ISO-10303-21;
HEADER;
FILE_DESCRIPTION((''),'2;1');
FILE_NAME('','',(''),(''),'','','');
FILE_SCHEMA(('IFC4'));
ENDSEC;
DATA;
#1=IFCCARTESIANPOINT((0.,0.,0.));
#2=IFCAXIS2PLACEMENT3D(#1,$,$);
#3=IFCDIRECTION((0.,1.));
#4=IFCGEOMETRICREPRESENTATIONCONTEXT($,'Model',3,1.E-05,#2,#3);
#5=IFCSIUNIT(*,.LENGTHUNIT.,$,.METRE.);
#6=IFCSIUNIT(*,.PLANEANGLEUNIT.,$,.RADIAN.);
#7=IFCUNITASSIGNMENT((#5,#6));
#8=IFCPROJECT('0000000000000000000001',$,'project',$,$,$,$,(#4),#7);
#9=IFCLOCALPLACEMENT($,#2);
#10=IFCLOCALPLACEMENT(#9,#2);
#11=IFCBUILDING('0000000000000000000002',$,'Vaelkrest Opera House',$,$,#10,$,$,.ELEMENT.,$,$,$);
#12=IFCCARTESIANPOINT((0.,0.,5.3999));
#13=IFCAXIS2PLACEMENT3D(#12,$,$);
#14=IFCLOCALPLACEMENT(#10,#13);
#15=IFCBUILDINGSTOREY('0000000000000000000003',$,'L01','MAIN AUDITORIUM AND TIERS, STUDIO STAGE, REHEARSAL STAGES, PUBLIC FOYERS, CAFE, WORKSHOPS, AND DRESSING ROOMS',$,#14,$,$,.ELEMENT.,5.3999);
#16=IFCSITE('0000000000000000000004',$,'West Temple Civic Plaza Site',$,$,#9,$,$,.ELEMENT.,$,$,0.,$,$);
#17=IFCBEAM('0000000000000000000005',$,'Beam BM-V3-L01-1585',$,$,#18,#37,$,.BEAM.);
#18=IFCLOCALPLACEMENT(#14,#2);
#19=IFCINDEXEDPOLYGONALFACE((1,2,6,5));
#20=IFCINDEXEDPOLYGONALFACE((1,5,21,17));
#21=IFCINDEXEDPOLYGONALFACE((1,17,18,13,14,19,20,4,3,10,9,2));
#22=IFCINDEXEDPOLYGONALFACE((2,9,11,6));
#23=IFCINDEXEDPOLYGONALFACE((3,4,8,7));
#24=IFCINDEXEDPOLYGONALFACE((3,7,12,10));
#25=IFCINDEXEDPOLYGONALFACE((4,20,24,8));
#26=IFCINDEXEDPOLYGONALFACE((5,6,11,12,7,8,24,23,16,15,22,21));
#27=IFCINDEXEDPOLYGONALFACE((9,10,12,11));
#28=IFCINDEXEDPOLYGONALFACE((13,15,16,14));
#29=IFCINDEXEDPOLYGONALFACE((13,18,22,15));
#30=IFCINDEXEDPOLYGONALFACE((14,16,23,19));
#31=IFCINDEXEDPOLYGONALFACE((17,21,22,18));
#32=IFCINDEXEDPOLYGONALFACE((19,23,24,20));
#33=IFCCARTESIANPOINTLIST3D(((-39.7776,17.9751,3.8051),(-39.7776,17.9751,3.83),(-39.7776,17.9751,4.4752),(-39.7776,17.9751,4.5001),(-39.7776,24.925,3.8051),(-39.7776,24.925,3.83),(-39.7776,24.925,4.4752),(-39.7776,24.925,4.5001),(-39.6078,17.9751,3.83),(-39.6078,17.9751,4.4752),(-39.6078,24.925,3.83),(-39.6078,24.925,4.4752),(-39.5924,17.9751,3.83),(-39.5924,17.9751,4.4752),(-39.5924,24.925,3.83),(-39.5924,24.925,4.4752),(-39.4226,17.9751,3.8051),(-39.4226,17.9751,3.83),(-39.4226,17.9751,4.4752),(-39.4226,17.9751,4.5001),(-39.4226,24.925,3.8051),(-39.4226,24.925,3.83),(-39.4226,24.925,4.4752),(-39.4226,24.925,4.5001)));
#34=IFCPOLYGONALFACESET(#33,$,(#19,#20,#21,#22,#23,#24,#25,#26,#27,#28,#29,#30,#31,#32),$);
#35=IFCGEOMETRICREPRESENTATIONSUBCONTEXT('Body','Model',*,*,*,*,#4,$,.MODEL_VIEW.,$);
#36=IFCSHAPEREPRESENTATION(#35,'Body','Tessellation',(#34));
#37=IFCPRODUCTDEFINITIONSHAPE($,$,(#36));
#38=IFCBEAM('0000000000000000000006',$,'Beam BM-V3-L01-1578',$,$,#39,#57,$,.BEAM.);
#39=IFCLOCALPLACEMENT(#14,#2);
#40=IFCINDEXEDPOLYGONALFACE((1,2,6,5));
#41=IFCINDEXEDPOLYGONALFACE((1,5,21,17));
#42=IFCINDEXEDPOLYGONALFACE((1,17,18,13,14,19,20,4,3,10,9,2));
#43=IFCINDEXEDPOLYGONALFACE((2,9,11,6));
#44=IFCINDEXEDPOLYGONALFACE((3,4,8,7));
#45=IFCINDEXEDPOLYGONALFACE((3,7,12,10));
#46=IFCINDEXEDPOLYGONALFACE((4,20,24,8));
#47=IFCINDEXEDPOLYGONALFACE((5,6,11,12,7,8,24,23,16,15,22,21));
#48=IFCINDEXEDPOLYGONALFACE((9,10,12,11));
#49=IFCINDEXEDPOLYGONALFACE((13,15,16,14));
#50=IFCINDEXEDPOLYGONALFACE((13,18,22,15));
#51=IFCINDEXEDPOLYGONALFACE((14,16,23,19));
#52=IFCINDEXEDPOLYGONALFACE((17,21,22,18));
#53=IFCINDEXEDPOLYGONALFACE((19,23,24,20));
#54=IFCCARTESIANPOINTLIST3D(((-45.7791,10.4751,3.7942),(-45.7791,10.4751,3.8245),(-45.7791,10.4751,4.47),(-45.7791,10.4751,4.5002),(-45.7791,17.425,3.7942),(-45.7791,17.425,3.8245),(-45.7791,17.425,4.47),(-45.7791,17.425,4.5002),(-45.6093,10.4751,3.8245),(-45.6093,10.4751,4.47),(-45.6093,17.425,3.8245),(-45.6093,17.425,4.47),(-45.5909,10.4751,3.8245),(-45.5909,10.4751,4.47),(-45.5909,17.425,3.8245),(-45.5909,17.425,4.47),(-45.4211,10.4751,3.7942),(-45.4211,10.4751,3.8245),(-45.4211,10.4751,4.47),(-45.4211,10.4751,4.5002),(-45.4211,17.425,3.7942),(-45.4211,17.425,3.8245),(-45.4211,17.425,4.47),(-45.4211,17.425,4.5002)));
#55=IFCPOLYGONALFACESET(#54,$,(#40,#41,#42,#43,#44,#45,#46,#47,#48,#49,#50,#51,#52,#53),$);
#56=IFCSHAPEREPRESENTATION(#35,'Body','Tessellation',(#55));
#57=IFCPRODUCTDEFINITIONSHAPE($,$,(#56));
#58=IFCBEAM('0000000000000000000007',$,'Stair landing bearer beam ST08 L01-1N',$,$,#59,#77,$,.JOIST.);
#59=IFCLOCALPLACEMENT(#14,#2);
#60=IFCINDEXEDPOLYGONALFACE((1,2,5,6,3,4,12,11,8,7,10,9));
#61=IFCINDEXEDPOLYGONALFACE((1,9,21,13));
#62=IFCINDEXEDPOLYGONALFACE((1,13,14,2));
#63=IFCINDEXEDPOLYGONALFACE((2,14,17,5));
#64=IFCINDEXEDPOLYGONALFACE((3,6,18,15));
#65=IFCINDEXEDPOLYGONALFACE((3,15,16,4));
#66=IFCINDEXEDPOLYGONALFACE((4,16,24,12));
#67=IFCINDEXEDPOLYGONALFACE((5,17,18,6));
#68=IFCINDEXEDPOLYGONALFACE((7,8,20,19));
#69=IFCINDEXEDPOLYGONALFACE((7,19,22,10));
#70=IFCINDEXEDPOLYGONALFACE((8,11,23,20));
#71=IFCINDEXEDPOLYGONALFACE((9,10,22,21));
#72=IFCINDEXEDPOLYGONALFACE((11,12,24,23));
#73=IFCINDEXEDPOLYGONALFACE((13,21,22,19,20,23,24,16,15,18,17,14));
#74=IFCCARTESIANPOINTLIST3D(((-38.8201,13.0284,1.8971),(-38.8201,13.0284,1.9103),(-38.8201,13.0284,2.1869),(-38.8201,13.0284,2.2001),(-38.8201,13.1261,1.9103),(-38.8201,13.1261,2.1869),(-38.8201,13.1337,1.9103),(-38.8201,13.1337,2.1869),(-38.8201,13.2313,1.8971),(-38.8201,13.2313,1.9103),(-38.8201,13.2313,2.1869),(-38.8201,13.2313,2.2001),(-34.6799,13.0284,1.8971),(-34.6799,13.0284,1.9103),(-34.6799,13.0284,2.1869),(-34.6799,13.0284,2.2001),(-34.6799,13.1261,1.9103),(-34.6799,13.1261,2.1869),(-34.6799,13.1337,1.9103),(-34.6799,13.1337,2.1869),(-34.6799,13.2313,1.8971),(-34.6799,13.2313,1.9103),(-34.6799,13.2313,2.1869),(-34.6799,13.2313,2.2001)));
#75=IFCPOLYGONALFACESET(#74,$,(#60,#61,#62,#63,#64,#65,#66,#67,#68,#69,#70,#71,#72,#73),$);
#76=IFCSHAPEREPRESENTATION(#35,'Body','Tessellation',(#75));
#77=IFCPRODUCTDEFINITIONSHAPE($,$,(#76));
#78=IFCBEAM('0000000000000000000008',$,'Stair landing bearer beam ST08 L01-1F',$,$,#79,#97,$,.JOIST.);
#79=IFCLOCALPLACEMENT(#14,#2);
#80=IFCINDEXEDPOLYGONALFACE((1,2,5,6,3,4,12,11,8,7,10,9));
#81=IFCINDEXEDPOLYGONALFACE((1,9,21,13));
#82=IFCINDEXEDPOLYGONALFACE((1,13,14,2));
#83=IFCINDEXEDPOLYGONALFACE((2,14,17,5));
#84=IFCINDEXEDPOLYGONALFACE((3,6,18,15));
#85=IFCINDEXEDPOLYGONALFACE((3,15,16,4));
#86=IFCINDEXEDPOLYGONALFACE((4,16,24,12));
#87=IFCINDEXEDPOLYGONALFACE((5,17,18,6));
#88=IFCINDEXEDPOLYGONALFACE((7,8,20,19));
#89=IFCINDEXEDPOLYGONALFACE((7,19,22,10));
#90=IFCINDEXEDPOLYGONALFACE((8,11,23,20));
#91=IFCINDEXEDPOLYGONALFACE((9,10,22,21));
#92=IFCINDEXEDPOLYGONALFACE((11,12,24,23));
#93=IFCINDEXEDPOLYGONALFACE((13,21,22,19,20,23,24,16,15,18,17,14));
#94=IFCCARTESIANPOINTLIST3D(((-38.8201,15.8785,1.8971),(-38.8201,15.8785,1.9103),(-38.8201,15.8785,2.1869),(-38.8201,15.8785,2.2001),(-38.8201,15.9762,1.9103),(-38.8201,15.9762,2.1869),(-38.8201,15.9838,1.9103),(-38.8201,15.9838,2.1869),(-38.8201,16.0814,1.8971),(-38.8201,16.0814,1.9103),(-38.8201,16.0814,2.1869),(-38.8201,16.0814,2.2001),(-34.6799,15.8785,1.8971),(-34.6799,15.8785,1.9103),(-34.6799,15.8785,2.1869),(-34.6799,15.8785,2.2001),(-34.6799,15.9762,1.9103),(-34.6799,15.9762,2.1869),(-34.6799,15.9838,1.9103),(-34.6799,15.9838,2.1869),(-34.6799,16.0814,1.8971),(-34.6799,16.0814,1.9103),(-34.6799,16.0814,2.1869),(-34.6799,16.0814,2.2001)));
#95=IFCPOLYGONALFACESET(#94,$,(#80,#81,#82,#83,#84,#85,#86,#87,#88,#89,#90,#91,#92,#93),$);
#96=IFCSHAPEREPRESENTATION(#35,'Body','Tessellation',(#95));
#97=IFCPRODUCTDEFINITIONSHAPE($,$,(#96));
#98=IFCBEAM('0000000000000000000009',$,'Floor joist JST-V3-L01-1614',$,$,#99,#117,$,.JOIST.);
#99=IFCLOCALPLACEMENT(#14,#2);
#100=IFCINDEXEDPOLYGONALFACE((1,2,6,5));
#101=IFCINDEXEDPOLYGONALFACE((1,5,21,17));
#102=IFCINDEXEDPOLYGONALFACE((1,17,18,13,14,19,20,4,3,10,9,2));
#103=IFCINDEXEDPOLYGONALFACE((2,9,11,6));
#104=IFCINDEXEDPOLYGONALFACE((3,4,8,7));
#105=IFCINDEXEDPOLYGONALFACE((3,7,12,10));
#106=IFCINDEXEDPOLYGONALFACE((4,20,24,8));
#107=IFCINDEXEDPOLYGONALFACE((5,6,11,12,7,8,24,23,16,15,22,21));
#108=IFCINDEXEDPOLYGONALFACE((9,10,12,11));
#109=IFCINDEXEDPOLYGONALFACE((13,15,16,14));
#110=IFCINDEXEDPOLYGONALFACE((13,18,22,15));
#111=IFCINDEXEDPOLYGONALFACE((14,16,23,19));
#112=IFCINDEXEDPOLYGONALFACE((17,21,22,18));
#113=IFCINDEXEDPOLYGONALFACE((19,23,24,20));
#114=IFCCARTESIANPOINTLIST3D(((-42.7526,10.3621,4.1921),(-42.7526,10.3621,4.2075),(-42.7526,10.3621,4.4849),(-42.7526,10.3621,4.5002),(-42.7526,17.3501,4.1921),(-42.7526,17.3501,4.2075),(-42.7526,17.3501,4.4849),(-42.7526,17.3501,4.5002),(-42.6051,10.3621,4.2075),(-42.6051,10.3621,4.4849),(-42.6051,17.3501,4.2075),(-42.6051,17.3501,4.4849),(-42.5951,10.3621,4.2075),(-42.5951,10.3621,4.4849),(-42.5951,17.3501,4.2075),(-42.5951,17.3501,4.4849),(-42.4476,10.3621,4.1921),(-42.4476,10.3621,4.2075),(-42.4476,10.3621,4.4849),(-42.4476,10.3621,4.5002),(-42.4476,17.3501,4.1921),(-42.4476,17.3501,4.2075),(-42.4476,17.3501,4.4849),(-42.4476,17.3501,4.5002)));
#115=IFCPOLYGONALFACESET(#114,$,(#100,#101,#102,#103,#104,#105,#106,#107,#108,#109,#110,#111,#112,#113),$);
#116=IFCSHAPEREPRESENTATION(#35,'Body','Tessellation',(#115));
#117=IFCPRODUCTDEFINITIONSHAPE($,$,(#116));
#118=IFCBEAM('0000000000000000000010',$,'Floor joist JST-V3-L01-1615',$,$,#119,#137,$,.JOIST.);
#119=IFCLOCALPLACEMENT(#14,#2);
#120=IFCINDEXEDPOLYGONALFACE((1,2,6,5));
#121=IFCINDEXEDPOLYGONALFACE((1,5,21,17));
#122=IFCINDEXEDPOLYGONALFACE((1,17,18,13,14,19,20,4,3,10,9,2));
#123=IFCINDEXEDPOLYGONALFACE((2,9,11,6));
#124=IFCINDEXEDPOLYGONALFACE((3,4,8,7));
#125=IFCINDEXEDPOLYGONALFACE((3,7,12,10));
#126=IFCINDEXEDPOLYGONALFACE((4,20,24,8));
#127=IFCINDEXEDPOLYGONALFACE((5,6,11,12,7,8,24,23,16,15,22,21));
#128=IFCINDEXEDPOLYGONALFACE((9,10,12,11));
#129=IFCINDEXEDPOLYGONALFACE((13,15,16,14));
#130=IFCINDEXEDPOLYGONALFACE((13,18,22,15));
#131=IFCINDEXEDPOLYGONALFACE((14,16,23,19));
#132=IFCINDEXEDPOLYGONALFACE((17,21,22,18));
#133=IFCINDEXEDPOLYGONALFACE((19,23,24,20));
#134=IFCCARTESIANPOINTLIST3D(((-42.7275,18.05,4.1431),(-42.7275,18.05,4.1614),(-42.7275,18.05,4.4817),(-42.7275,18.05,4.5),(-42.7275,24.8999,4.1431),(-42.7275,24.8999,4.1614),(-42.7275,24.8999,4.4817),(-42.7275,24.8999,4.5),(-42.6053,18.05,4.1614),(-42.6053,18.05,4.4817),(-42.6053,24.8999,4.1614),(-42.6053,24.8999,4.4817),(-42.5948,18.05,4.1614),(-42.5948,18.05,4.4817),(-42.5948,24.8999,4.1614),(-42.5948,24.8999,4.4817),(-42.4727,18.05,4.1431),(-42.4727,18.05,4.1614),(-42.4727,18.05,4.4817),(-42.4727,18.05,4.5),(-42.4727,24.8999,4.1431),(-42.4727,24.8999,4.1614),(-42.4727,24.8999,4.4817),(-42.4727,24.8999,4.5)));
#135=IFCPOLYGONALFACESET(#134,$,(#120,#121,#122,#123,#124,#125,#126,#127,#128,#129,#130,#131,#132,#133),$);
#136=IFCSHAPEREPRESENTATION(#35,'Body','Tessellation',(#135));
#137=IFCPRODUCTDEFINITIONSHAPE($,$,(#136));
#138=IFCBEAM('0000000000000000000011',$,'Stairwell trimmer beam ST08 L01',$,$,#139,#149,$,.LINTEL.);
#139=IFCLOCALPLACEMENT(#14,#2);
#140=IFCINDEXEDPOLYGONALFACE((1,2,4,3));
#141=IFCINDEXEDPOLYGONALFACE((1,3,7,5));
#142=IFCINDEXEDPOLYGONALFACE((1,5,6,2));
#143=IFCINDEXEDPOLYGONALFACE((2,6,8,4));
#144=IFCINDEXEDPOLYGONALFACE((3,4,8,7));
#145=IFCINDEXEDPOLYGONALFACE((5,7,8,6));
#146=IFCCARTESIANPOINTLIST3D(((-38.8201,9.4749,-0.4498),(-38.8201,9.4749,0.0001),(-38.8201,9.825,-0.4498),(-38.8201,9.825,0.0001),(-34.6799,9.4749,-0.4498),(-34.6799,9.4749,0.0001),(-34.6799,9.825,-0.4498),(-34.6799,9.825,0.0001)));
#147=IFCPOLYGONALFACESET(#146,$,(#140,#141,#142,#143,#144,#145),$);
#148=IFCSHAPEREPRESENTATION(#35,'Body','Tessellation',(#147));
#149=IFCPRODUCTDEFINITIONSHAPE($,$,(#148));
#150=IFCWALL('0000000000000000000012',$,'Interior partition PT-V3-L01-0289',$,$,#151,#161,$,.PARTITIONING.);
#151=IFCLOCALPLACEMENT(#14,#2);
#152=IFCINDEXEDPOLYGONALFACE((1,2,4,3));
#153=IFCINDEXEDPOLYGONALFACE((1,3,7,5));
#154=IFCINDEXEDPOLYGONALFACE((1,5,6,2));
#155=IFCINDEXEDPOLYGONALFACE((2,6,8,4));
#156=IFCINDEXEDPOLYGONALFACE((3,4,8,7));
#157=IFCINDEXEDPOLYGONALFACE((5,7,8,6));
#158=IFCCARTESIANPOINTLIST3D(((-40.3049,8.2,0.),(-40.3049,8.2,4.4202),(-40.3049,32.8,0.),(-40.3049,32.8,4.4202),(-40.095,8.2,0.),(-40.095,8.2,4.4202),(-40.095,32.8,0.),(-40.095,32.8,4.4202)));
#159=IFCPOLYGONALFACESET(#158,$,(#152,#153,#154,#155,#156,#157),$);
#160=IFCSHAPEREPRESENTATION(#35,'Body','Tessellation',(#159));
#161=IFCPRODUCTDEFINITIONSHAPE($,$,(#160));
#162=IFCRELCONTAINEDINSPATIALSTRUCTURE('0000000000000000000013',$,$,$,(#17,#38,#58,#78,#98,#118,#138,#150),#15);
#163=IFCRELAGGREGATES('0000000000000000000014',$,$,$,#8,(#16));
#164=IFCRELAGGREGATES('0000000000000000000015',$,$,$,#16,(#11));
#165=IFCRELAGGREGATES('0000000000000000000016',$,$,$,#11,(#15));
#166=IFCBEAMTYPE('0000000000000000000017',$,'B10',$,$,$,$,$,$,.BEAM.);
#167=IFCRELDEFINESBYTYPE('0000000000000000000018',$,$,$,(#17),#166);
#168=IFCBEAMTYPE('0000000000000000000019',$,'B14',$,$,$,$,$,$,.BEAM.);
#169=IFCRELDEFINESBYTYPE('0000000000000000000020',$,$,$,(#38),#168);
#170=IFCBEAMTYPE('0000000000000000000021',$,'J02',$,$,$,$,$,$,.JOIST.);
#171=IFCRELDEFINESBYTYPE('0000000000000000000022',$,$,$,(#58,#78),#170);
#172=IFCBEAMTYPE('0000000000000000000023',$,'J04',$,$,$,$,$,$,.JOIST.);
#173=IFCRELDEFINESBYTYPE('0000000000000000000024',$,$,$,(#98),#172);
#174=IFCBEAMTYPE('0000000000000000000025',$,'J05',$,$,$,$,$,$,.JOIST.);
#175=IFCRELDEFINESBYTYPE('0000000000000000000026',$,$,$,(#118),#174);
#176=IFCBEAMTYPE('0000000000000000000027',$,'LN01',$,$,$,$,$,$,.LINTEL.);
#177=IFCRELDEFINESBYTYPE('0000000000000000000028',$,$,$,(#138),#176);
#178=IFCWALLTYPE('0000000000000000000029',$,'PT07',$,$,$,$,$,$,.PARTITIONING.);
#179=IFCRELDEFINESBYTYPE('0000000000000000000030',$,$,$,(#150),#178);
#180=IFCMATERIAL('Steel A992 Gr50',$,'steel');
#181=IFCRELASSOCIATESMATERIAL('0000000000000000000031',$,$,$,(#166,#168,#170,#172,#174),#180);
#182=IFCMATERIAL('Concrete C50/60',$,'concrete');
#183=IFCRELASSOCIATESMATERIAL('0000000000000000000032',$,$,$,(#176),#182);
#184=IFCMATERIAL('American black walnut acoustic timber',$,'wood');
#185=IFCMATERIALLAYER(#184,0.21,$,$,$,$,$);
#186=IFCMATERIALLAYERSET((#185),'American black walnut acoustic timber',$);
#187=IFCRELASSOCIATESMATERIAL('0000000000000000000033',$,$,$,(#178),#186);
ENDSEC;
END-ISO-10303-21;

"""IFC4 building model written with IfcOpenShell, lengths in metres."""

from ifc_helpers import new_model, si_unit, direction, frame, frame_2d, origin, origin_2d, place, context, subcontext, project, spatial, rectangle, i_section, extrude, material, layer, layer_set, material_profile, profile_set, type_object, element, save


model = new_model("IFC4")

# Units and contexts
model_context = context("Model", 3, precision=1e-05, world=origin(), true_north=direction((0.0, 1.0)))
body_context = subcontext(model_context, "Body", "Model", "MODEL_VIEW")
ifc_project = project(units=[si_unit("LENGTHUNIT", "METRE"), si_unit("PLANEANGLEUNIT", "RADIAN")], contexts=[model_context])

# Site, building, storey
site_placement = place(None, origin())
site = spatial("IfcSite", under=ifc_project, at=site_placement, Name="West Temple Civic Plaza Site", CompositionType="ELEMENT", RefElevation=0.0)
building_placement = place(site_placement, origin())
building = spatial("IfcBuilding", under=site, at=building_placement, Name="Vaelkrest Opera House", CompositionType="ELEMENT")
storey_placement = place(building_placement, frame((0.0, 0.0, 5.3999)))
storey = spatial("IfcBuildingStorey", under=building, at=storey_placement, Name="L01", Description="MAIN AUDITORIUM AND TIERS, STUDIO STAGE, REHEARSAL STAGES, PUBLIC FOYERS, CAFE, WORKSHOPS, AND DRESSING ROOMS", CompositionType="ELEMENT", Elevation=5.3999)

# Shared definitions
ifc_material_1 = material(Name="Concrete C50/60", Category="concrete")

# Beams
ifc_material_2 = material(Name="Steel A992 Gr50", Category="steel")
ifc_material_profile_1 = material_profile(ifc_material_2, i_section(OverallWidth=0.355, OverallDepth=0.6951, WebThickness=0.0154, FlangeThickness=0.0249, at=origin_2d()), Name="W27X146")
ifc_profile_set_1 = profile_set([ifc_material_profile_1], Name="Steel A992 Gr50")
beam_type_1 = type_object("IfcBeamType", Name="B10", PredefinedType="BEAM", material=ifc_profile_set_1)
beam_1_placement = place(storey_placement, frame((-39.6001, 17.9751, 4.1526), z_axis=(0.0, 1.0, 0.0), x_axis=(-1.0, 0.0, 0.0)))
element("IfcBeam", 1, at=beam_1_placement, inside=storey, type_object=beam_type_1, Name="Beam BM-V3-L01-1585", PredefinedType="BEAM", context=body_context, shape_type="SweptSolid", body=[
    extrude(i_section(OverallWidth=0.355, OverallDepth=0.6951, WebThickness=0.0154, FlangeThickness=0.0249, at=origin_2d()), origin(), (0.0, 0.0, 1.0), 6.95),
])
ifc_material_profile_2 = material_profile(ifc_material_2, i_section(OverallWidth=0.3579, OverallDepth=0.7061, WebThickness=0.0183, FlangeThickness=0.0303, at=origin_2d()), Name="W27X178")
ifc_profile_set_2 = profile_set([ifc_material_profile_2], Name="Steel A992 Gr50")
beam_type_2 = type_object("IfcBeamType", Name="B14", PredefinedType="BEAM", material=ifc_profile_set_2)
beam_2_placement = place(storey_placement, frame((-45.6001, 10.4751, 4.1472), z_axis=(0.0, 1.0, 0.0), x_axis=(-1.0, 0.0, 0.0)))
element("IfcBeam", 2, at=beam_2_placement, inside=storey, type_object=beam_type_2, Name="Beam BM-V3-L01-1578", PredefinedType="BEAM", context=body_context, shape_type="SweptSolid", body=[
    extrude(i_section(OverallWidth=0.3579, OverallDepth=0.7061, WebThickness=0.0183, FlangeThickness=0.0303, at=origin_2d()), origin(), (0.0, 0.0, 1.0), 6.95),
])
ifc_material_profile_3 = material_profile(ifc_material_2, i_section(OverallWidth=0.2029, OverallDepth=0.303, WebThickness=0.0076, FlangeThickness=0.0132, at=origin_2d()), Name="W12X40")
ifc_profile_set_3 = profile_set([ifc_material_profile_3], Name="Steel A992 Gr50")
beam_type_3 = type_object("IfcBeamType", Name="J02", PredefinedType="JOIST", material=ifc_profile_set_3)
for number, where, z_axis, x_axis, name in (
    (3, (-38.8201, 13.1299, 2.0486), (1.0, 0.0, 0.0), (0.0, 1.0, 0.0), "Stair landing bearer beam ST08 L01-1N"),
    (4, (-38.8201, 15.98, 2.0486), (1.0, 0.0, 0.0), (0.0, 1.0, 0.0), "Stair landing bearer beam ST08 L01-1F"),
):
    element("IfcBeam", number, at=place(storey_placement, frame(where, z_axis=z_axis, x_axis=x_axis)), inside=storey, type_object=beam_type_3, Name=name, PredefinedType="JOIST", context=body_context, shape_type="SweptSolid", body=[
        extrude(i_section(OverallWidth=0.2029, OverallDepth=0.303, WebThickness=0.0076, FlangeThickness=0.0132, at=origin_2d()), origin(), (0.0, 0.0, 1.0), 4.1401),
    ])
ifc_material_profile_4 = material_profile(ifc_material_2, i_section(OverallWidth=0.3049, OverallDepth=0.3081, WebThickness=0.01, FlangeThickness=0.0154, at=origin_2d()), Name="W12X65")
ifc_profile_set_4 = profile_set([ifc_material_profile_4], Name="Steel A992 Gr50")
beam_type_4 = type_object("IfcBeamType", Name="J04", PredefinedType="JOIST", material=ifc_profile_set_4)
beam_3_placement = place(storey_placement, frame((-42.6001, 10.3621, 4.3462), z_axis=(0.0, 1.0, 0.0), x_axis=(-1.0, 0.0, 0.0)))
element("IfcBeam", 5, at=beam_3_placement, inside=storey, type_object=beam_type_4, Name="Floor joist JST-V3-L01-1614", PredefinedType="JOIST", context=body_context, shape_type="SweptSolid", body=[
    extrude(i_section(OverallWidth=0.3049, OverallDepth=0.3081, WebThickness=0.01, FlangeThickness=0.0154, at=origin_2d()), origin(), (0.0, 0.0, 1.0), 6.988),
])
ifc_material_profile_5 = material_profile(ifc_material_2, i_section(OverallWidth=0.2549, OverallDepth=0.3569, WebThickness=0.0105, FlangeThickness=0.0183, at=origin_2d()), Name="W14X68")
ifc_profile_set_5 = profile_set([ifc_material_profile_5], Name="Steel A992 Gr50")
beam_type_5 = type_object("IfcBeamType", Name="J05", PredefinedType="JOIST", material=ifc_profile_set_5)
beam_4_placement = place(storey_placement, frame((-42.6001, 18.05, 4.3215), z_axis=(0.0, 1.0, 0.0), x_axis=(-1.0, 0.0, 0.0)))
element("IfcBeam", 6, at=beam_4_placement, inside=storey, type_object=beam_type_5, Name="Floor joist JST-V3-L01-1615", PredefinedType="JOIST", context=body_context, shape_type="SweptSolid", body=[
    extrude(i_section(OverallWidth=0.2549, OverallDepth=0.3569, WebThickness=0.0105, FlangeThickness=0.0183, at=origin_2d()), origin(), (0.0, 0.0, 1.0), 6.8499),
])
ifc_material_profile_6 = material_profile(ifc_material_1, rectangle(XDim=0.3501, YDim=0.45, at=origin_2d()), Name="RCB350X450")
ifc_profile_set_6 = profile_set([ifc_material_profile_6], Name="Concrete C50/60")
beam_type_6 = type_object("IfcBeamType", Name="LN01", PredefinedType="LINTEL", material=ifc_profile_set_6)
beam_5_placement = place(storey_placement, frame((-38.8201, 9.6499, -0.2249), z_axis=(1.0, 0.0, 0.0), x_axis=(0.0, 1.0, 0.0)))
element("IfcBeam", 7, at=beam_5_placement, inside=storey, type_object=beam_type_6, Name="Stairwell trimmer beam ST08 L01", PredefinedType="LINTEL", context=body_context, shape_type="SweptSolid", body=[
    extrude(rectangle(XDim=0.3501, YDim=0.45, at=origin_2d()), origin(), (0.0, 0.0, 1.0), 4.1401),
])

# Wall
ifc_material_3 = material(Name="American black walnut acoustic timber", Category="wood")
ifc_layer_1 = layer(ifc_material_3, 0.21)
ifc_layer_set_1 = layer_set([ifc_layer_1], Name="American black walnut acoustic timber")
wall_type_1 = type_object("IfcWallType", Name="PT07", PredefinedType="PARTITIONING", material=ifc_layer_set_1)
wall_1_placement = place(storey_placement, frame((-40.2, 8.2, 0.0), z_axis=(0.0, 0.0, 1.0), x_axis=(0.0, 1.0, 0.0)))
element("IfcWall", 8, at=wall_1_placement, inside=storey, type_object=wall_type_1, Name="Interior partition PT-V3-L01-0289", PredefinedType="PARTITIONING", context=body_context, shape_type="SweptSolid", body=[
    extrude(rectangle(XDim=24.6001, YDim=0.21, at=frame_2d((12.3, 0.0))), origin(), (0.0, 0.0, 1.0), 4.4202),
])

save(model, "model.ifc")
